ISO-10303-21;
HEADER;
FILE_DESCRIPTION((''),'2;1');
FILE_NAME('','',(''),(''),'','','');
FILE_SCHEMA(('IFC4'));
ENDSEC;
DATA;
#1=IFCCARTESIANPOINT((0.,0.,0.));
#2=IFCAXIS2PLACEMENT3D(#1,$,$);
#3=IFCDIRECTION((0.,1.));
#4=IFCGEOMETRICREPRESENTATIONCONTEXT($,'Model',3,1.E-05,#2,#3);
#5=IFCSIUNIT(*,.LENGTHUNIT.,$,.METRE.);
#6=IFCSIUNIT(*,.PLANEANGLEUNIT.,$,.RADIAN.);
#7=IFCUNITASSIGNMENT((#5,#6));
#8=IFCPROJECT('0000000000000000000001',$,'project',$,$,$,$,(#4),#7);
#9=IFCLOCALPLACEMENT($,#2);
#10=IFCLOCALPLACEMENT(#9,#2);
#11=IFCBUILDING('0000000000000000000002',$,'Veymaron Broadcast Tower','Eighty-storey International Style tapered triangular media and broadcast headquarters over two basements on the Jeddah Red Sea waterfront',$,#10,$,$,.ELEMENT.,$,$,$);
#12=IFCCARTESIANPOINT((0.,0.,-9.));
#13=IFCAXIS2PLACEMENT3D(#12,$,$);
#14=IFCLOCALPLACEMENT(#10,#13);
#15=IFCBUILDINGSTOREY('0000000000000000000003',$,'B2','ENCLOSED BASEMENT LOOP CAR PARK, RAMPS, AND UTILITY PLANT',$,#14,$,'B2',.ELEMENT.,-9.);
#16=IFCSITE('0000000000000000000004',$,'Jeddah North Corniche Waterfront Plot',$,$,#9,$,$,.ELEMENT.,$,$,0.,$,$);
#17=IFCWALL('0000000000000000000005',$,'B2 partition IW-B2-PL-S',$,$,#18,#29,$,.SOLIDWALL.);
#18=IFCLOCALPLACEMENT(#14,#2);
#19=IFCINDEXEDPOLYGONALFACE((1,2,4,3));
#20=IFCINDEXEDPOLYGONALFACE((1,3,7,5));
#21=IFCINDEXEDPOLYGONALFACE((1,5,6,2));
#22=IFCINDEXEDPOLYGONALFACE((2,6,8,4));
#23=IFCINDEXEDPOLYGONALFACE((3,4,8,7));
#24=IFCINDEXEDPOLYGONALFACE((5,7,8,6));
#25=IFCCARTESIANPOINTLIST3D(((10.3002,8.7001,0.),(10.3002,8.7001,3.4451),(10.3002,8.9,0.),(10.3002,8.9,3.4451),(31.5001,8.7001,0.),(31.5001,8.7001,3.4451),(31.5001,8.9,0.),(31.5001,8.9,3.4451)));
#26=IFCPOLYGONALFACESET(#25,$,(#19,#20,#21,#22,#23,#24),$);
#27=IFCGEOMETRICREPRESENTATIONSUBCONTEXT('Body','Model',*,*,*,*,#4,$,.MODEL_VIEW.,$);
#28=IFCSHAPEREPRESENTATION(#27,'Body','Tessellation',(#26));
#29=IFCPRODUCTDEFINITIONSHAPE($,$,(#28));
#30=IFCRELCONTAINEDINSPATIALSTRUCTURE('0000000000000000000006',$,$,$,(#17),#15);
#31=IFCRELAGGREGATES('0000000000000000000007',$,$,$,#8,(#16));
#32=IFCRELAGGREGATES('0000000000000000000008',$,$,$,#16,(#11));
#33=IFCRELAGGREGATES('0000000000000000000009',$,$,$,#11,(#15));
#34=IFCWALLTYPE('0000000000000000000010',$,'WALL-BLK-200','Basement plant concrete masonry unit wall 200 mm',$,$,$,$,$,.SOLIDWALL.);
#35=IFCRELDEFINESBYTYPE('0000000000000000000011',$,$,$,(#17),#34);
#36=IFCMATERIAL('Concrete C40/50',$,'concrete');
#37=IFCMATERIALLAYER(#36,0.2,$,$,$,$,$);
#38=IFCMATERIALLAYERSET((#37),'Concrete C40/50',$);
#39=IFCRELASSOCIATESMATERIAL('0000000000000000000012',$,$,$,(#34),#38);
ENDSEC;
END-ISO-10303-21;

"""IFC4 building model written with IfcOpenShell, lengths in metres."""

from ifc_helpers import new_model, si_unit, direction, frame, frame_2d, origin, place, context, subcontext, project, spatial, rectangle, extrude, material, layer, layer_set, type_object, element, save


model = new_model("IFC4")

# Units and contexts
model_context = context("Model", 3, precision=1e-05, world=origin(), true_north=direction((0.0, 1.0)))
body_context = subcontext(model_context, "Body", "Model", "MODEL_VIEW")
ifc_project = project(units=[si_unit("LENGTHUNIT", "METRE"), si_unit("PLANEANGLEUNIT", "RADIAN")], contexts=[model_context])

# Site, building, storey
site_placement = place(None, origin())
site = spatial("IfcSite", under=ifc_project, at=site_placement, Name="Jeddah North Corniche Waterfront Plot", CompositionType="ELEMENT", RefElevation=0.0)
building_placement = place(site_placement, origin())
building = spatial("IfcBuilding", under=site, at=building_placement, Name="Veymaron Broadcast Tower", Description="Eighty-storey International Style tapered triangular media and broadcast headquarters over two basements on the Jeddah Red Sea waterfront", CompositionType="ELEMENT")
storey_placement = place(building_placement, frame((0.0, 0.0, -9.0)))
storey = spatial("IfcBuildingStorey", under=building, at=storey_placement, Name="B2", Description="ENCLOSED BASEMENT LOOP CAR PARK, RAMPS, AND UTILITY PLANT", LongName="B2", CompositionType="ELEMENT", Elevation=-9.0)

# Shared definitions
ifc_material_1 = material(Name="Concrete C40/50", Category="concrete")
ifc_layer = layer(ifc_material_1, 0.2)
ifc_layer_set = layer_set([ifc_layer], Name="Concrete C40/50")
wall_type = type_object("IfcWallType", Name="WALL-BLK-200", Description="Basement plant concrete masonry unit wall 200 mm", PredefinedType="SOLIDWALL", material=ifc_layer_set)

# Wall
wall_1_placement = place(storey_placement, frame((10.3, 8.8, 0.0), z_axis=(0.0, 0.0, 1.0), x_axis=(1.0, 0.0, 0.0)))
element("IfcWall", 1, at=wall_1_placement, inside=storey, type_object=wall_type, Name="B2 partition IW-B2-PL-S", PredefinedType="SOLIDWALL", context=body_context, shape_type="SweptSolid", body=[
    extrude(rectangle(XDim=21.2, YDim=0.2, at=frame_2d((10.6001, 0.0))), origin(), (0.0, 0.0, 1.0), 3.4451),
])

save(model, "model.ifc")
